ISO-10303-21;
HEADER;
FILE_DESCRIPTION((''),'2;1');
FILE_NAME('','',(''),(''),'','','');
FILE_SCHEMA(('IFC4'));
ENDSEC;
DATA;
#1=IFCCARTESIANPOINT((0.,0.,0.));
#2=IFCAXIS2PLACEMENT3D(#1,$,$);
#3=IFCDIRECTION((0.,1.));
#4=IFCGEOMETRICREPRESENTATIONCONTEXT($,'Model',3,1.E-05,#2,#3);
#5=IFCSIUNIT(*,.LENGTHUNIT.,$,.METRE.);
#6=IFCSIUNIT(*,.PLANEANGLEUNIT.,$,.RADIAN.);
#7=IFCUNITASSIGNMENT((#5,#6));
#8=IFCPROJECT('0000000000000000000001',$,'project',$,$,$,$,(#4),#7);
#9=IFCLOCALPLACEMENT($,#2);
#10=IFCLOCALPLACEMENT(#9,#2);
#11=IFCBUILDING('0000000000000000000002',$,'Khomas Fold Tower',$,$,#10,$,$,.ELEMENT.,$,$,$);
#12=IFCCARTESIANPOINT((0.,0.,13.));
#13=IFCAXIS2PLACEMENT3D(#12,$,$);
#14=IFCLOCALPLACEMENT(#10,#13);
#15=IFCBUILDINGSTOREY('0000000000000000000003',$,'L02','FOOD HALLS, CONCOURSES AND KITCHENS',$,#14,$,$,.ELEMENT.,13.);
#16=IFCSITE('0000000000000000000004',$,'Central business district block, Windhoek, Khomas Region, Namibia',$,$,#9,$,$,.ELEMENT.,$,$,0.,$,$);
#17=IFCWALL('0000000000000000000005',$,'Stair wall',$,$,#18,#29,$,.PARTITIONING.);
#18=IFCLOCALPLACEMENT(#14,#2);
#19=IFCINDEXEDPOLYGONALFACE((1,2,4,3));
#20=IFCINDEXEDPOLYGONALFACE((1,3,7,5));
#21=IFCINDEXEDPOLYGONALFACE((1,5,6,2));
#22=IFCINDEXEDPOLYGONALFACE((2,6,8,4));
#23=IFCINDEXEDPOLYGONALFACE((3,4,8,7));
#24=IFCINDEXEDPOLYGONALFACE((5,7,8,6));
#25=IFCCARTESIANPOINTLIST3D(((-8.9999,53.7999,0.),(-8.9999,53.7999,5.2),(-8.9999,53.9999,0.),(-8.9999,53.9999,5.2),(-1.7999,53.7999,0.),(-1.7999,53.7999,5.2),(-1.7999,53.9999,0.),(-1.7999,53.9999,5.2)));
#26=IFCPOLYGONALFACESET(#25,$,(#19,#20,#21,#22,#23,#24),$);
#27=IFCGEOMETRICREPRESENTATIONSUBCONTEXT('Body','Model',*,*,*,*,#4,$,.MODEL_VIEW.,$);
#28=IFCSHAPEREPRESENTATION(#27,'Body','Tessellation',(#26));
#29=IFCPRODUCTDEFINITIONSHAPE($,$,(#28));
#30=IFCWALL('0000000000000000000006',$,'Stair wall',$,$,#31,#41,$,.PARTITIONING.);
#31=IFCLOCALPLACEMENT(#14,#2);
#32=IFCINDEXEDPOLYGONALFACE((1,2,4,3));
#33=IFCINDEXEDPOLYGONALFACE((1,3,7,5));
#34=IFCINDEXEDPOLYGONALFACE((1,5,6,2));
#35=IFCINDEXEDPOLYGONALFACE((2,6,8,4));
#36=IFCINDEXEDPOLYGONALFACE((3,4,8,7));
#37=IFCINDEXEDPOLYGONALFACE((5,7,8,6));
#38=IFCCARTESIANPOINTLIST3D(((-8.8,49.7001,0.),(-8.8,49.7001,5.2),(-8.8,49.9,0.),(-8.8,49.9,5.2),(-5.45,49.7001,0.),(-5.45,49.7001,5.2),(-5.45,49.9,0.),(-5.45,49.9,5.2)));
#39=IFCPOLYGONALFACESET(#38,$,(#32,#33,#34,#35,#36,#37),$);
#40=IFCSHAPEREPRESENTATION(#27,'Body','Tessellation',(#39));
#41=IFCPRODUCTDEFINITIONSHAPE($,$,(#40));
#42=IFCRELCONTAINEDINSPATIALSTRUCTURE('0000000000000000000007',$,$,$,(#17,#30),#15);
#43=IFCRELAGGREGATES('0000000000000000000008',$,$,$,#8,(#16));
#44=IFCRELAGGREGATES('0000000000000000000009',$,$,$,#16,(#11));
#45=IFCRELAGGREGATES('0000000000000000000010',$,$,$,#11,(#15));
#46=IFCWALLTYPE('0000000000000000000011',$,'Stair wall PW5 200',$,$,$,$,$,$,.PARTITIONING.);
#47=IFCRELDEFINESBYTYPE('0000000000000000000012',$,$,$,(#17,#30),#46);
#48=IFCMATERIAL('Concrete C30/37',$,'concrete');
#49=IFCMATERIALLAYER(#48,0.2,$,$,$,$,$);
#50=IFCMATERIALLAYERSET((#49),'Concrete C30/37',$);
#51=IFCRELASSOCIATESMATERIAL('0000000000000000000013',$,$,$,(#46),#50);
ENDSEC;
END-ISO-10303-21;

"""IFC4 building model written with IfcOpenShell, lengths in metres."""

from ifc_helpers import new_model, si_unit, direction, frame, frame_2d, origin, place, context, subcontext, project, spatial, rectangle, extrude, source, transform, mapped, material, layer, layer_set, type_object, element, save


model = new_model("IFC4")

# Units and contexts
model_context = context("Model", 3, precision=1e-05, world=origin(), true_north=direction((0.0, 1.0)))
body_context = subcontext(model_context, "Body", "Model", "MODEL_VIEW")
ifc_project = project(units=[si_unit("LENGTHUNIT", "METRE"), si_unit("PLANEANGLEUNIT", "RADIAN")], contexts=[model_context])

# Site, building, storey
site_placement = place(None, origin())
site = spatial("IfcSite", under=ifc_project, at=site_placement, Name="Central business district block, Windhoek, Khomas Region, Namibia", CompositionType="ELEMENT", RefElevation=0.0)
building_placement = place(site_placement, origin())
building = spatial("IfcBuilding", under=site, at=building_placement, Name="Khomas Fold Tower", CompositionType="ELEMENT")
storey_placement = place(building_placement, frame((0.0, 0.0, 13.0)))
storey = spatial("IfcBuildingStorey", under=building, at=storey_placement, Name="L02", Description="FOOD HALLS, CONCOURSES AND KITCHENS", CompositionType="ELEMENT", Elevation=13.0)

# Shared definitions
ifc_material_1 = material(Name="Concrete C30/37", Category="concrete")
ifc_layer_1 = layer(ifc_material_1, 0.2)
ifc_layer_set_1 = layer_set([ifc_layer_1], Name="Concrete C30/37")
wall_type = type_object("IfcWallType", Name="Stair wall PW5 200", PredefinedType="PARTITIONING", material=ifc_layer_set_1)

# Walls
shared_shape_1 = source(origin(), body_context, "Body", "SweptSolid", [
    extrude(rectangle(XDim=7.2, YDim=0.2, at=frame_2d((3.6001, 0.0))), origin(), (0.0, 0.0, 1.0), 5.2),
])
wall_1_placement = place(storey_placement, frame((-9.0, 53.8999, 0.0), z_axis=(0.0, 0.0, 1.0), x_axis=(1.0, 0.0, 0.0)))
element("IfcWall", 1, at=wall_1_placement, inside=storey, type_object=wall_type, Name="Stair wall", PredefinedType="PARTITIONING", context=body_context, shape_type="MappedRepresentation", body=[
    mapped(shared_shape_1, transform((0.0, 0.0, 0.0))),
])
shared_shape_2 = source(origin(), body_context, "Body", "SweptSolid", [
    extrude(rectangle(XDim=3.3501, YDim=0.2, at=frame_2d((1.675, 0.0))), origin(), (0.0, 0.0, 1.0), 5.2),
])
wall_2_placement = place(storey_placement, frame((-8.8, 49.8, 0.0), z_axis=(0.0, 0.0, 1.0), x_axis=(1.0, 0.0, 0.0)))
element("IfcWall", 2, at=wall_2_placement, inside=storey, type_object=wall_type, Name="Stair wall", PredefinedType="PARTITIONING", context=body_context, shape_type="MappedRepresentation", body=[
    mapped(shared_shape_2, transform((0.0, 0.0, 0.0))),
])

save(model, "model.ifc")
